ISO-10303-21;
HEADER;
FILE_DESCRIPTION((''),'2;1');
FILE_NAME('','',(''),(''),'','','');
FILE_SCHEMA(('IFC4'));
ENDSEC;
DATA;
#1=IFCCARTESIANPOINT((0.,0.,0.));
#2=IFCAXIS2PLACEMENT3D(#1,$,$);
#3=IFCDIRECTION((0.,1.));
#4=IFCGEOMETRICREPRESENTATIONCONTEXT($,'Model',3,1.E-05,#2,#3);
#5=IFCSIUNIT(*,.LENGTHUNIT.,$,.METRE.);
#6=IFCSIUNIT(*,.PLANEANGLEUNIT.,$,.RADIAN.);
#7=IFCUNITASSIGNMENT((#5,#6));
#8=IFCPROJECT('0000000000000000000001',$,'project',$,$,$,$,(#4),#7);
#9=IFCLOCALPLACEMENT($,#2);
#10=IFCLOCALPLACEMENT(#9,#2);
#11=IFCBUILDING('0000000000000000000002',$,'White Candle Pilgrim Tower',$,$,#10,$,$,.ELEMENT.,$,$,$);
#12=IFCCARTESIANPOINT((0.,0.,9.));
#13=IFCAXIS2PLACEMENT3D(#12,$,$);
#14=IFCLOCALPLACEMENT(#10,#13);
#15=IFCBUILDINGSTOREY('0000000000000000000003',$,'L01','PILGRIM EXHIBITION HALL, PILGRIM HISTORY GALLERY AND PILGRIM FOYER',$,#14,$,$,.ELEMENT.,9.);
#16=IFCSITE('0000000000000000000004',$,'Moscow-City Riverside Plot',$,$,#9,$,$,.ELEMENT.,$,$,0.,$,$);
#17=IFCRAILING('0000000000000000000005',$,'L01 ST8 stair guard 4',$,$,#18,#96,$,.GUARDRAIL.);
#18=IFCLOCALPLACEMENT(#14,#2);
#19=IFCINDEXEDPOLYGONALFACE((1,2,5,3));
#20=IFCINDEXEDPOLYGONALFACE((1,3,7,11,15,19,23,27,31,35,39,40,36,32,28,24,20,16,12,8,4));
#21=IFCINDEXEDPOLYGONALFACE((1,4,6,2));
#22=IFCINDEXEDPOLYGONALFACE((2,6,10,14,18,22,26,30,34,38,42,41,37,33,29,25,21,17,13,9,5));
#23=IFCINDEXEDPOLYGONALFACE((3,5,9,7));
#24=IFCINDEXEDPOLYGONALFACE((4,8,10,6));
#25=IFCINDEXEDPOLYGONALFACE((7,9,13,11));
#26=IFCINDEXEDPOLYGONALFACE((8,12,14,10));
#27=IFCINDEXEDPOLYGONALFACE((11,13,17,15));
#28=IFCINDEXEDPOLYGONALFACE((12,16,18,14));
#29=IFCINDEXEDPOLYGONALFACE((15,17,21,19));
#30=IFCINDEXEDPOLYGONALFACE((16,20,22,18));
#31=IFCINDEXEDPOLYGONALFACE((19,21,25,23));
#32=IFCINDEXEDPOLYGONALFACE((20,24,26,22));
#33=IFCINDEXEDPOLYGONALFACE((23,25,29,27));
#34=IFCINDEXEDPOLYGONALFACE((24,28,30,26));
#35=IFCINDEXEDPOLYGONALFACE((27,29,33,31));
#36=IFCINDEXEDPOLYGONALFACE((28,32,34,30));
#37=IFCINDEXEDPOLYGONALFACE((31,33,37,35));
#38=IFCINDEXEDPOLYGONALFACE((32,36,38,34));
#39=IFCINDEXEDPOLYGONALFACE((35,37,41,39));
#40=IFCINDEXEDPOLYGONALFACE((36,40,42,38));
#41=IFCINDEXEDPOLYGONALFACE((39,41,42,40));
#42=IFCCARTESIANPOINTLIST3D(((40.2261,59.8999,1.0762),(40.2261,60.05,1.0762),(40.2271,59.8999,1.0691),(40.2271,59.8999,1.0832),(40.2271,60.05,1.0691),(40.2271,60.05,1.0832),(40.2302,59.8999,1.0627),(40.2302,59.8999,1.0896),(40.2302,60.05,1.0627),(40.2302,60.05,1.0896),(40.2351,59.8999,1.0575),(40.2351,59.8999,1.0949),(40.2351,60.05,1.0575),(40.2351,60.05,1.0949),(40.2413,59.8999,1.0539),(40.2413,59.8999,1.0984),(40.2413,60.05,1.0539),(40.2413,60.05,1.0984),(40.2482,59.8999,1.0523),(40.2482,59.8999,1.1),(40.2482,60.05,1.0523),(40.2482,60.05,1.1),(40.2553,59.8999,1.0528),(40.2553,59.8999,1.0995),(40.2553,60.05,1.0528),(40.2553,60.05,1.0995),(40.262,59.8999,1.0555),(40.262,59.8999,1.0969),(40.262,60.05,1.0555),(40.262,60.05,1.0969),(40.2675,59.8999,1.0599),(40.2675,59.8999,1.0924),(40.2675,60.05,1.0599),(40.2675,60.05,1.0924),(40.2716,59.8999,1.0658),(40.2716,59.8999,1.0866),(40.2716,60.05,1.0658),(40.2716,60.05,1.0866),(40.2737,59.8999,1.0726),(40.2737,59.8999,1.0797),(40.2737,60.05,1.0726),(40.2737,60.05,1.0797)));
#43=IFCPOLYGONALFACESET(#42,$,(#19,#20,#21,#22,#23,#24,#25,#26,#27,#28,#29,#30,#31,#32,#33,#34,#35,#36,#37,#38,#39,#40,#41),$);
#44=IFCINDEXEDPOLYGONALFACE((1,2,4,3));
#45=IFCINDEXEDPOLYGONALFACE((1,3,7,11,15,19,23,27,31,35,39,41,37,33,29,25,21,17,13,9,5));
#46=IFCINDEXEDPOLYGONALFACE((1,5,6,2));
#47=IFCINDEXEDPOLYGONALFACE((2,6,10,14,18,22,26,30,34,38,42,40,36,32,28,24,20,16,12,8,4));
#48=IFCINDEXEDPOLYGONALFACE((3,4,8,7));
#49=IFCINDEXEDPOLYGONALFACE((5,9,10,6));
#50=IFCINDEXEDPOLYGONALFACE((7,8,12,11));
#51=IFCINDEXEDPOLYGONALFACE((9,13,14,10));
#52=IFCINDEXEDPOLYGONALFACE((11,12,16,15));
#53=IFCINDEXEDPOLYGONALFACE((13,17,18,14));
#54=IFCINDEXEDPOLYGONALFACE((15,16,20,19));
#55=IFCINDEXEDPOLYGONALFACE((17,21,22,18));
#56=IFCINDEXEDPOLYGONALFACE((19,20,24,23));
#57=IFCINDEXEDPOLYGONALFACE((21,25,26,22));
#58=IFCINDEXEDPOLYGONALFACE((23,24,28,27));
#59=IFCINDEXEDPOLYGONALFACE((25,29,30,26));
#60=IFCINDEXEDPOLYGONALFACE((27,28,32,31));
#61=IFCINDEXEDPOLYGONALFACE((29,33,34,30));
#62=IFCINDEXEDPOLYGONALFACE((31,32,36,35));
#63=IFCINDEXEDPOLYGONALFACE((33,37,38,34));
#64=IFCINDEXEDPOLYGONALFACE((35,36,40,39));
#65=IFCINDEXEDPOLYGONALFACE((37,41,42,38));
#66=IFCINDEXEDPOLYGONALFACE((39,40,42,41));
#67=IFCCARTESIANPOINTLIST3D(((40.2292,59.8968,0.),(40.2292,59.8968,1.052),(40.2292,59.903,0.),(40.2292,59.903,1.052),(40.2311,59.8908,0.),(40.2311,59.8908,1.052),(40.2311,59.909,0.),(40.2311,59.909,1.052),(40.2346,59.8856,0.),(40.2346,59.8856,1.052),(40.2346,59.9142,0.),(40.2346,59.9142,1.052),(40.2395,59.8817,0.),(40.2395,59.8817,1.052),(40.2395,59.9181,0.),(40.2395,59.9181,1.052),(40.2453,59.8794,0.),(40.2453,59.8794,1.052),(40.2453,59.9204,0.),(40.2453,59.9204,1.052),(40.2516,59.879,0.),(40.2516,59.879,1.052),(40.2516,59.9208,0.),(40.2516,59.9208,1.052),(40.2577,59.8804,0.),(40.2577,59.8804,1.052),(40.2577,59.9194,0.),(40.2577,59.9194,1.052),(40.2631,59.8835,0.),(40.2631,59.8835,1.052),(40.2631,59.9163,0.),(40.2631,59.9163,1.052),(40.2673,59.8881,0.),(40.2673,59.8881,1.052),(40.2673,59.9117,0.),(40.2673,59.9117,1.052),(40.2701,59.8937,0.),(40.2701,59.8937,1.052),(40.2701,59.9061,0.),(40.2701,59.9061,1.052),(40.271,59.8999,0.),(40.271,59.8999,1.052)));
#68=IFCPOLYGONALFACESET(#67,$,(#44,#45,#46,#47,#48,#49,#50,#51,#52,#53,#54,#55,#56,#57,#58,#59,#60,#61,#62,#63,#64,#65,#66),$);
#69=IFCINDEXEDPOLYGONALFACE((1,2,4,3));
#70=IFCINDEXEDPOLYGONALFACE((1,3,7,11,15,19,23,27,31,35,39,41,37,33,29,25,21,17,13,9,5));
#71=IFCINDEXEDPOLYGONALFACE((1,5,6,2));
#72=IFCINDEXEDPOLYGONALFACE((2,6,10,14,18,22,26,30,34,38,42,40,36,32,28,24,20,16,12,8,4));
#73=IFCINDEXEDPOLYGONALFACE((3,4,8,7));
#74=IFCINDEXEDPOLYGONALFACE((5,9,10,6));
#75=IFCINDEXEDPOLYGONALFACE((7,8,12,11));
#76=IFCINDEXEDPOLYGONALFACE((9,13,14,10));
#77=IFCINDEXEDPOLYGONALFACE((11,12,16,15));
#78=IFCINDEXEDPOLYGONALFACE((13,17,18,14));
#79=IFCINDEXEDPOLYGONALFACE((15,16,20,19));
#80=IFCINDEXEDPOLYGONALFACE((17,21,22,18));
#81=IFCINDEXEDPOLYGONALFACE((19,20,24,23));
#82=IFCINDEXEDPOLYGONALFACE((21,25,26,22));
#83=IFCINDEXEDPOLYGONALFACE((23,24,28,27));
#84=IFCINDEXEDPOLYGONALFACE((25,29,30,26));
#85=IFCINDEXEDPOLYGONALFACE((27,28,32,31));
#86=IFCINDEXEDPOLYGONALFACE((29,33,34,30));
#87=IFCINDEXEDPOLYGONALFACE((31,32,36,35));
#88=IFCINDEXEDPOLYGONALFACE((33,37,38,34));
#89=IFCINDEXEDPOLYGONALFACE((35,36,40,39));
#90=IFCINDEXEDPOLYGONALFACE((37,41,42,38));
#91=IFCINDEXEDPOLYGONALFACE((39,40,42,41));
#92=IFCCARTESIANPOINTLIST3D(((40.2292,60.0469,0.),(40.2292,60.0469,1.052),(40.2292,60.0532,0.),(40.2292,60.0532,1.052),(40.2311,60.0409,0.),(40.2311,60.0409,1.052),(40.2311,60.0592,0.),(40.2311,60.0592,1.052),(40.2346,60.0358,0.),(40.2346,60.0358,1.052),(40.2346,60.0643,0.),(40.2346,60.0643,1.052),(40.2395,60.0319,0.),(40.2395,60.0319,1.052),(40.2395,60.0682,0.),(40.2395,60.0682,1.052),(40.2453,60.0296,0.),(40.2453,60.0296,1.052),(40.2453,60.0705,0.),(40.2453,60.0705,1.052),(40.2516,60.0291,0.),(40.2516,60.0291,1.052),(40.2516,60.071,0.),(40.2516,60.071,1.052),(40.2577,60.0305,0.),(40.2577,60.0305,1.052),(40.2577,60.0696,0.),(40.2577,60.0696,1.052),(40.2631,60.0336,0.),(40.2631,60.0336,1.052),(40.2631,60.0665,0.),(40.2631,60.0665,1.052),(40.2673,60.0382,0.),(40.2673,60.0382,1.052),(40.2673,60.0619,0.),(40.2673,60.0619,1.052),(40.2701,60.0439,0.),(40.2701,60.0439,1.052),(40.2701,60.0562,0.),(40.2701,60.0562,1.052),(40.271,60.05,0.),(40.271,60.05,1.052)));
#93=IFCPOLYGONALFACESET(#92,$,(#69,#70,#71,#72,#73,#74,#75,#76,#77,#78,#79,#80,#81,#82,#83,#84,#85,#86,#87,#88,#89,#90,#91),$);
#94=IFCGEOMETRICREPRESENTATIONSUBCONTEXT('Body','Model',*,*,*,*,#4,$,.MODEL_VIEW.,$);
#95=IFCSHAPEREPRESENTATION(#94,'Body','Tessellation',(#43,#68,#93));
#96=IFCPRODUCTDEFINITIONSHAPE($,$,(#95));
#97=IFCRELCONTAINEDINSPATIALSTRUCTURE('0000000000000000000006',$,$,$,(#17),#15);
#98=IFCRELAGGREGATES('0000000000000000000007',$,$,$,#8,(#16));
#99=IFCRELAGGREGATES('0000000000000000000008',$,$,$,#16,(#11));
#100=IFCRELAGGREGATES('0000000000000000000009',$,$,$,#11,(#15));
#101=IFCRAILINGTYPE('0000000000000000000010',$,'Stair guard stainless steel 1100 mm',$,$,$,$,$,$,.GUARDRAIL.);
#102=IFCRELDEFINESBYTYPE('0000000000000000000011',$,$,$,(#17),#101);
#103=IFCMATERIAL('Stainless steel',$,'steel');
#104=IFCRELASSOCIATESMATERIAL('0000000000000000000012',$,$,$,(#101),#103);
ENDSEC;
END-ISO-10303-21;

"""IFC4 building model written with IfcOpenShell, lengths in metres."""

from ifc_helpers import new_model, si_unit, direction, frame, origin, origin_2d, place, context, subcontext, project, spatial, circle, extrude, material, type_object, element, save


model = new_model("IFC4")

# Units and contexts
model_context = context("Model", 3, precision=1e-05, world=origin(), true_north=direction((0.0, 1.0)))
body_context = subcontext(model_context, "Body", "Model", "MODEL_VIEW")
ifc_project = project(units=[si_unit("LENGTHUNIT", "METRE"), si_unit("PLANEANGLEUNIT", "RADIAN")], contexts=[model_context])

# Site, building, storey
site_placement = place(None, origin())
site = spatial("IfcSite", under=ifc_project, at=site_placement, Name="Moscow-City Riverside Plot", CompositionType="ELEMENT", RefElevation=0.0)
building_placement = place(site_placement, origin())
building = spatial("IfcBuilding", under=site, at=building_placement, Name="White Candle Pilgrim Tower", CompositionType="ELEMENT")
storey_placement = place(building_placement, frame((0.0, 0.0, 9.0)))
storey = spatial("IfcBuildingStorey", under=building, at=storey_placement, Name="L01", Description="PILGRIM EXHIBITION HALL, PILGRIM HISTORY GALLERY AND PILGRIM FOYER", CompositionType="ELEMENT", Elevation=9.0)

# Railing
ifc_material_1 = material(Name="Stainless steel", Category="steel")
railing_type_1 = type_object("IfcRailingType", Name="Stair guard stainless steel 1100 mm", PredefinedType="GUARDRAIL", material=ifc_material_1)
railing_1_placement = place(storey_placement, frame((40.25, 59.8999, 0.0)))
element("IfcRailing", 1, at=railing_1_placement, inside=storey, type_object=railing_type_1, Name="L01 ST8 stair guard 4", PredefinedType="GUARDRAIL", context=body_context, shape_type="SweptSolid", body=[
    extrude(circle(Radius=0.0239, at=origin_2d()), frame((0.0, 0.0, 1.0762), z_axis=(0.0, 1.0, 0.0), x_axis=(-1.0, 0.0, 0.0)), (0.0, 0.0, 1.0), 0.1501),
    extrude(circle(Radius=0.021, at=origin_2d()), origin(), (0.0, 0.0, 1.0), 1.052),
    extrude(circle(Radius=0.021, at=origin_2d()), frame((0.0, 0.1501, 0.0)), (0.0, 0.0, 1.0), 1.052),
])

save(model, "model.ifc")
